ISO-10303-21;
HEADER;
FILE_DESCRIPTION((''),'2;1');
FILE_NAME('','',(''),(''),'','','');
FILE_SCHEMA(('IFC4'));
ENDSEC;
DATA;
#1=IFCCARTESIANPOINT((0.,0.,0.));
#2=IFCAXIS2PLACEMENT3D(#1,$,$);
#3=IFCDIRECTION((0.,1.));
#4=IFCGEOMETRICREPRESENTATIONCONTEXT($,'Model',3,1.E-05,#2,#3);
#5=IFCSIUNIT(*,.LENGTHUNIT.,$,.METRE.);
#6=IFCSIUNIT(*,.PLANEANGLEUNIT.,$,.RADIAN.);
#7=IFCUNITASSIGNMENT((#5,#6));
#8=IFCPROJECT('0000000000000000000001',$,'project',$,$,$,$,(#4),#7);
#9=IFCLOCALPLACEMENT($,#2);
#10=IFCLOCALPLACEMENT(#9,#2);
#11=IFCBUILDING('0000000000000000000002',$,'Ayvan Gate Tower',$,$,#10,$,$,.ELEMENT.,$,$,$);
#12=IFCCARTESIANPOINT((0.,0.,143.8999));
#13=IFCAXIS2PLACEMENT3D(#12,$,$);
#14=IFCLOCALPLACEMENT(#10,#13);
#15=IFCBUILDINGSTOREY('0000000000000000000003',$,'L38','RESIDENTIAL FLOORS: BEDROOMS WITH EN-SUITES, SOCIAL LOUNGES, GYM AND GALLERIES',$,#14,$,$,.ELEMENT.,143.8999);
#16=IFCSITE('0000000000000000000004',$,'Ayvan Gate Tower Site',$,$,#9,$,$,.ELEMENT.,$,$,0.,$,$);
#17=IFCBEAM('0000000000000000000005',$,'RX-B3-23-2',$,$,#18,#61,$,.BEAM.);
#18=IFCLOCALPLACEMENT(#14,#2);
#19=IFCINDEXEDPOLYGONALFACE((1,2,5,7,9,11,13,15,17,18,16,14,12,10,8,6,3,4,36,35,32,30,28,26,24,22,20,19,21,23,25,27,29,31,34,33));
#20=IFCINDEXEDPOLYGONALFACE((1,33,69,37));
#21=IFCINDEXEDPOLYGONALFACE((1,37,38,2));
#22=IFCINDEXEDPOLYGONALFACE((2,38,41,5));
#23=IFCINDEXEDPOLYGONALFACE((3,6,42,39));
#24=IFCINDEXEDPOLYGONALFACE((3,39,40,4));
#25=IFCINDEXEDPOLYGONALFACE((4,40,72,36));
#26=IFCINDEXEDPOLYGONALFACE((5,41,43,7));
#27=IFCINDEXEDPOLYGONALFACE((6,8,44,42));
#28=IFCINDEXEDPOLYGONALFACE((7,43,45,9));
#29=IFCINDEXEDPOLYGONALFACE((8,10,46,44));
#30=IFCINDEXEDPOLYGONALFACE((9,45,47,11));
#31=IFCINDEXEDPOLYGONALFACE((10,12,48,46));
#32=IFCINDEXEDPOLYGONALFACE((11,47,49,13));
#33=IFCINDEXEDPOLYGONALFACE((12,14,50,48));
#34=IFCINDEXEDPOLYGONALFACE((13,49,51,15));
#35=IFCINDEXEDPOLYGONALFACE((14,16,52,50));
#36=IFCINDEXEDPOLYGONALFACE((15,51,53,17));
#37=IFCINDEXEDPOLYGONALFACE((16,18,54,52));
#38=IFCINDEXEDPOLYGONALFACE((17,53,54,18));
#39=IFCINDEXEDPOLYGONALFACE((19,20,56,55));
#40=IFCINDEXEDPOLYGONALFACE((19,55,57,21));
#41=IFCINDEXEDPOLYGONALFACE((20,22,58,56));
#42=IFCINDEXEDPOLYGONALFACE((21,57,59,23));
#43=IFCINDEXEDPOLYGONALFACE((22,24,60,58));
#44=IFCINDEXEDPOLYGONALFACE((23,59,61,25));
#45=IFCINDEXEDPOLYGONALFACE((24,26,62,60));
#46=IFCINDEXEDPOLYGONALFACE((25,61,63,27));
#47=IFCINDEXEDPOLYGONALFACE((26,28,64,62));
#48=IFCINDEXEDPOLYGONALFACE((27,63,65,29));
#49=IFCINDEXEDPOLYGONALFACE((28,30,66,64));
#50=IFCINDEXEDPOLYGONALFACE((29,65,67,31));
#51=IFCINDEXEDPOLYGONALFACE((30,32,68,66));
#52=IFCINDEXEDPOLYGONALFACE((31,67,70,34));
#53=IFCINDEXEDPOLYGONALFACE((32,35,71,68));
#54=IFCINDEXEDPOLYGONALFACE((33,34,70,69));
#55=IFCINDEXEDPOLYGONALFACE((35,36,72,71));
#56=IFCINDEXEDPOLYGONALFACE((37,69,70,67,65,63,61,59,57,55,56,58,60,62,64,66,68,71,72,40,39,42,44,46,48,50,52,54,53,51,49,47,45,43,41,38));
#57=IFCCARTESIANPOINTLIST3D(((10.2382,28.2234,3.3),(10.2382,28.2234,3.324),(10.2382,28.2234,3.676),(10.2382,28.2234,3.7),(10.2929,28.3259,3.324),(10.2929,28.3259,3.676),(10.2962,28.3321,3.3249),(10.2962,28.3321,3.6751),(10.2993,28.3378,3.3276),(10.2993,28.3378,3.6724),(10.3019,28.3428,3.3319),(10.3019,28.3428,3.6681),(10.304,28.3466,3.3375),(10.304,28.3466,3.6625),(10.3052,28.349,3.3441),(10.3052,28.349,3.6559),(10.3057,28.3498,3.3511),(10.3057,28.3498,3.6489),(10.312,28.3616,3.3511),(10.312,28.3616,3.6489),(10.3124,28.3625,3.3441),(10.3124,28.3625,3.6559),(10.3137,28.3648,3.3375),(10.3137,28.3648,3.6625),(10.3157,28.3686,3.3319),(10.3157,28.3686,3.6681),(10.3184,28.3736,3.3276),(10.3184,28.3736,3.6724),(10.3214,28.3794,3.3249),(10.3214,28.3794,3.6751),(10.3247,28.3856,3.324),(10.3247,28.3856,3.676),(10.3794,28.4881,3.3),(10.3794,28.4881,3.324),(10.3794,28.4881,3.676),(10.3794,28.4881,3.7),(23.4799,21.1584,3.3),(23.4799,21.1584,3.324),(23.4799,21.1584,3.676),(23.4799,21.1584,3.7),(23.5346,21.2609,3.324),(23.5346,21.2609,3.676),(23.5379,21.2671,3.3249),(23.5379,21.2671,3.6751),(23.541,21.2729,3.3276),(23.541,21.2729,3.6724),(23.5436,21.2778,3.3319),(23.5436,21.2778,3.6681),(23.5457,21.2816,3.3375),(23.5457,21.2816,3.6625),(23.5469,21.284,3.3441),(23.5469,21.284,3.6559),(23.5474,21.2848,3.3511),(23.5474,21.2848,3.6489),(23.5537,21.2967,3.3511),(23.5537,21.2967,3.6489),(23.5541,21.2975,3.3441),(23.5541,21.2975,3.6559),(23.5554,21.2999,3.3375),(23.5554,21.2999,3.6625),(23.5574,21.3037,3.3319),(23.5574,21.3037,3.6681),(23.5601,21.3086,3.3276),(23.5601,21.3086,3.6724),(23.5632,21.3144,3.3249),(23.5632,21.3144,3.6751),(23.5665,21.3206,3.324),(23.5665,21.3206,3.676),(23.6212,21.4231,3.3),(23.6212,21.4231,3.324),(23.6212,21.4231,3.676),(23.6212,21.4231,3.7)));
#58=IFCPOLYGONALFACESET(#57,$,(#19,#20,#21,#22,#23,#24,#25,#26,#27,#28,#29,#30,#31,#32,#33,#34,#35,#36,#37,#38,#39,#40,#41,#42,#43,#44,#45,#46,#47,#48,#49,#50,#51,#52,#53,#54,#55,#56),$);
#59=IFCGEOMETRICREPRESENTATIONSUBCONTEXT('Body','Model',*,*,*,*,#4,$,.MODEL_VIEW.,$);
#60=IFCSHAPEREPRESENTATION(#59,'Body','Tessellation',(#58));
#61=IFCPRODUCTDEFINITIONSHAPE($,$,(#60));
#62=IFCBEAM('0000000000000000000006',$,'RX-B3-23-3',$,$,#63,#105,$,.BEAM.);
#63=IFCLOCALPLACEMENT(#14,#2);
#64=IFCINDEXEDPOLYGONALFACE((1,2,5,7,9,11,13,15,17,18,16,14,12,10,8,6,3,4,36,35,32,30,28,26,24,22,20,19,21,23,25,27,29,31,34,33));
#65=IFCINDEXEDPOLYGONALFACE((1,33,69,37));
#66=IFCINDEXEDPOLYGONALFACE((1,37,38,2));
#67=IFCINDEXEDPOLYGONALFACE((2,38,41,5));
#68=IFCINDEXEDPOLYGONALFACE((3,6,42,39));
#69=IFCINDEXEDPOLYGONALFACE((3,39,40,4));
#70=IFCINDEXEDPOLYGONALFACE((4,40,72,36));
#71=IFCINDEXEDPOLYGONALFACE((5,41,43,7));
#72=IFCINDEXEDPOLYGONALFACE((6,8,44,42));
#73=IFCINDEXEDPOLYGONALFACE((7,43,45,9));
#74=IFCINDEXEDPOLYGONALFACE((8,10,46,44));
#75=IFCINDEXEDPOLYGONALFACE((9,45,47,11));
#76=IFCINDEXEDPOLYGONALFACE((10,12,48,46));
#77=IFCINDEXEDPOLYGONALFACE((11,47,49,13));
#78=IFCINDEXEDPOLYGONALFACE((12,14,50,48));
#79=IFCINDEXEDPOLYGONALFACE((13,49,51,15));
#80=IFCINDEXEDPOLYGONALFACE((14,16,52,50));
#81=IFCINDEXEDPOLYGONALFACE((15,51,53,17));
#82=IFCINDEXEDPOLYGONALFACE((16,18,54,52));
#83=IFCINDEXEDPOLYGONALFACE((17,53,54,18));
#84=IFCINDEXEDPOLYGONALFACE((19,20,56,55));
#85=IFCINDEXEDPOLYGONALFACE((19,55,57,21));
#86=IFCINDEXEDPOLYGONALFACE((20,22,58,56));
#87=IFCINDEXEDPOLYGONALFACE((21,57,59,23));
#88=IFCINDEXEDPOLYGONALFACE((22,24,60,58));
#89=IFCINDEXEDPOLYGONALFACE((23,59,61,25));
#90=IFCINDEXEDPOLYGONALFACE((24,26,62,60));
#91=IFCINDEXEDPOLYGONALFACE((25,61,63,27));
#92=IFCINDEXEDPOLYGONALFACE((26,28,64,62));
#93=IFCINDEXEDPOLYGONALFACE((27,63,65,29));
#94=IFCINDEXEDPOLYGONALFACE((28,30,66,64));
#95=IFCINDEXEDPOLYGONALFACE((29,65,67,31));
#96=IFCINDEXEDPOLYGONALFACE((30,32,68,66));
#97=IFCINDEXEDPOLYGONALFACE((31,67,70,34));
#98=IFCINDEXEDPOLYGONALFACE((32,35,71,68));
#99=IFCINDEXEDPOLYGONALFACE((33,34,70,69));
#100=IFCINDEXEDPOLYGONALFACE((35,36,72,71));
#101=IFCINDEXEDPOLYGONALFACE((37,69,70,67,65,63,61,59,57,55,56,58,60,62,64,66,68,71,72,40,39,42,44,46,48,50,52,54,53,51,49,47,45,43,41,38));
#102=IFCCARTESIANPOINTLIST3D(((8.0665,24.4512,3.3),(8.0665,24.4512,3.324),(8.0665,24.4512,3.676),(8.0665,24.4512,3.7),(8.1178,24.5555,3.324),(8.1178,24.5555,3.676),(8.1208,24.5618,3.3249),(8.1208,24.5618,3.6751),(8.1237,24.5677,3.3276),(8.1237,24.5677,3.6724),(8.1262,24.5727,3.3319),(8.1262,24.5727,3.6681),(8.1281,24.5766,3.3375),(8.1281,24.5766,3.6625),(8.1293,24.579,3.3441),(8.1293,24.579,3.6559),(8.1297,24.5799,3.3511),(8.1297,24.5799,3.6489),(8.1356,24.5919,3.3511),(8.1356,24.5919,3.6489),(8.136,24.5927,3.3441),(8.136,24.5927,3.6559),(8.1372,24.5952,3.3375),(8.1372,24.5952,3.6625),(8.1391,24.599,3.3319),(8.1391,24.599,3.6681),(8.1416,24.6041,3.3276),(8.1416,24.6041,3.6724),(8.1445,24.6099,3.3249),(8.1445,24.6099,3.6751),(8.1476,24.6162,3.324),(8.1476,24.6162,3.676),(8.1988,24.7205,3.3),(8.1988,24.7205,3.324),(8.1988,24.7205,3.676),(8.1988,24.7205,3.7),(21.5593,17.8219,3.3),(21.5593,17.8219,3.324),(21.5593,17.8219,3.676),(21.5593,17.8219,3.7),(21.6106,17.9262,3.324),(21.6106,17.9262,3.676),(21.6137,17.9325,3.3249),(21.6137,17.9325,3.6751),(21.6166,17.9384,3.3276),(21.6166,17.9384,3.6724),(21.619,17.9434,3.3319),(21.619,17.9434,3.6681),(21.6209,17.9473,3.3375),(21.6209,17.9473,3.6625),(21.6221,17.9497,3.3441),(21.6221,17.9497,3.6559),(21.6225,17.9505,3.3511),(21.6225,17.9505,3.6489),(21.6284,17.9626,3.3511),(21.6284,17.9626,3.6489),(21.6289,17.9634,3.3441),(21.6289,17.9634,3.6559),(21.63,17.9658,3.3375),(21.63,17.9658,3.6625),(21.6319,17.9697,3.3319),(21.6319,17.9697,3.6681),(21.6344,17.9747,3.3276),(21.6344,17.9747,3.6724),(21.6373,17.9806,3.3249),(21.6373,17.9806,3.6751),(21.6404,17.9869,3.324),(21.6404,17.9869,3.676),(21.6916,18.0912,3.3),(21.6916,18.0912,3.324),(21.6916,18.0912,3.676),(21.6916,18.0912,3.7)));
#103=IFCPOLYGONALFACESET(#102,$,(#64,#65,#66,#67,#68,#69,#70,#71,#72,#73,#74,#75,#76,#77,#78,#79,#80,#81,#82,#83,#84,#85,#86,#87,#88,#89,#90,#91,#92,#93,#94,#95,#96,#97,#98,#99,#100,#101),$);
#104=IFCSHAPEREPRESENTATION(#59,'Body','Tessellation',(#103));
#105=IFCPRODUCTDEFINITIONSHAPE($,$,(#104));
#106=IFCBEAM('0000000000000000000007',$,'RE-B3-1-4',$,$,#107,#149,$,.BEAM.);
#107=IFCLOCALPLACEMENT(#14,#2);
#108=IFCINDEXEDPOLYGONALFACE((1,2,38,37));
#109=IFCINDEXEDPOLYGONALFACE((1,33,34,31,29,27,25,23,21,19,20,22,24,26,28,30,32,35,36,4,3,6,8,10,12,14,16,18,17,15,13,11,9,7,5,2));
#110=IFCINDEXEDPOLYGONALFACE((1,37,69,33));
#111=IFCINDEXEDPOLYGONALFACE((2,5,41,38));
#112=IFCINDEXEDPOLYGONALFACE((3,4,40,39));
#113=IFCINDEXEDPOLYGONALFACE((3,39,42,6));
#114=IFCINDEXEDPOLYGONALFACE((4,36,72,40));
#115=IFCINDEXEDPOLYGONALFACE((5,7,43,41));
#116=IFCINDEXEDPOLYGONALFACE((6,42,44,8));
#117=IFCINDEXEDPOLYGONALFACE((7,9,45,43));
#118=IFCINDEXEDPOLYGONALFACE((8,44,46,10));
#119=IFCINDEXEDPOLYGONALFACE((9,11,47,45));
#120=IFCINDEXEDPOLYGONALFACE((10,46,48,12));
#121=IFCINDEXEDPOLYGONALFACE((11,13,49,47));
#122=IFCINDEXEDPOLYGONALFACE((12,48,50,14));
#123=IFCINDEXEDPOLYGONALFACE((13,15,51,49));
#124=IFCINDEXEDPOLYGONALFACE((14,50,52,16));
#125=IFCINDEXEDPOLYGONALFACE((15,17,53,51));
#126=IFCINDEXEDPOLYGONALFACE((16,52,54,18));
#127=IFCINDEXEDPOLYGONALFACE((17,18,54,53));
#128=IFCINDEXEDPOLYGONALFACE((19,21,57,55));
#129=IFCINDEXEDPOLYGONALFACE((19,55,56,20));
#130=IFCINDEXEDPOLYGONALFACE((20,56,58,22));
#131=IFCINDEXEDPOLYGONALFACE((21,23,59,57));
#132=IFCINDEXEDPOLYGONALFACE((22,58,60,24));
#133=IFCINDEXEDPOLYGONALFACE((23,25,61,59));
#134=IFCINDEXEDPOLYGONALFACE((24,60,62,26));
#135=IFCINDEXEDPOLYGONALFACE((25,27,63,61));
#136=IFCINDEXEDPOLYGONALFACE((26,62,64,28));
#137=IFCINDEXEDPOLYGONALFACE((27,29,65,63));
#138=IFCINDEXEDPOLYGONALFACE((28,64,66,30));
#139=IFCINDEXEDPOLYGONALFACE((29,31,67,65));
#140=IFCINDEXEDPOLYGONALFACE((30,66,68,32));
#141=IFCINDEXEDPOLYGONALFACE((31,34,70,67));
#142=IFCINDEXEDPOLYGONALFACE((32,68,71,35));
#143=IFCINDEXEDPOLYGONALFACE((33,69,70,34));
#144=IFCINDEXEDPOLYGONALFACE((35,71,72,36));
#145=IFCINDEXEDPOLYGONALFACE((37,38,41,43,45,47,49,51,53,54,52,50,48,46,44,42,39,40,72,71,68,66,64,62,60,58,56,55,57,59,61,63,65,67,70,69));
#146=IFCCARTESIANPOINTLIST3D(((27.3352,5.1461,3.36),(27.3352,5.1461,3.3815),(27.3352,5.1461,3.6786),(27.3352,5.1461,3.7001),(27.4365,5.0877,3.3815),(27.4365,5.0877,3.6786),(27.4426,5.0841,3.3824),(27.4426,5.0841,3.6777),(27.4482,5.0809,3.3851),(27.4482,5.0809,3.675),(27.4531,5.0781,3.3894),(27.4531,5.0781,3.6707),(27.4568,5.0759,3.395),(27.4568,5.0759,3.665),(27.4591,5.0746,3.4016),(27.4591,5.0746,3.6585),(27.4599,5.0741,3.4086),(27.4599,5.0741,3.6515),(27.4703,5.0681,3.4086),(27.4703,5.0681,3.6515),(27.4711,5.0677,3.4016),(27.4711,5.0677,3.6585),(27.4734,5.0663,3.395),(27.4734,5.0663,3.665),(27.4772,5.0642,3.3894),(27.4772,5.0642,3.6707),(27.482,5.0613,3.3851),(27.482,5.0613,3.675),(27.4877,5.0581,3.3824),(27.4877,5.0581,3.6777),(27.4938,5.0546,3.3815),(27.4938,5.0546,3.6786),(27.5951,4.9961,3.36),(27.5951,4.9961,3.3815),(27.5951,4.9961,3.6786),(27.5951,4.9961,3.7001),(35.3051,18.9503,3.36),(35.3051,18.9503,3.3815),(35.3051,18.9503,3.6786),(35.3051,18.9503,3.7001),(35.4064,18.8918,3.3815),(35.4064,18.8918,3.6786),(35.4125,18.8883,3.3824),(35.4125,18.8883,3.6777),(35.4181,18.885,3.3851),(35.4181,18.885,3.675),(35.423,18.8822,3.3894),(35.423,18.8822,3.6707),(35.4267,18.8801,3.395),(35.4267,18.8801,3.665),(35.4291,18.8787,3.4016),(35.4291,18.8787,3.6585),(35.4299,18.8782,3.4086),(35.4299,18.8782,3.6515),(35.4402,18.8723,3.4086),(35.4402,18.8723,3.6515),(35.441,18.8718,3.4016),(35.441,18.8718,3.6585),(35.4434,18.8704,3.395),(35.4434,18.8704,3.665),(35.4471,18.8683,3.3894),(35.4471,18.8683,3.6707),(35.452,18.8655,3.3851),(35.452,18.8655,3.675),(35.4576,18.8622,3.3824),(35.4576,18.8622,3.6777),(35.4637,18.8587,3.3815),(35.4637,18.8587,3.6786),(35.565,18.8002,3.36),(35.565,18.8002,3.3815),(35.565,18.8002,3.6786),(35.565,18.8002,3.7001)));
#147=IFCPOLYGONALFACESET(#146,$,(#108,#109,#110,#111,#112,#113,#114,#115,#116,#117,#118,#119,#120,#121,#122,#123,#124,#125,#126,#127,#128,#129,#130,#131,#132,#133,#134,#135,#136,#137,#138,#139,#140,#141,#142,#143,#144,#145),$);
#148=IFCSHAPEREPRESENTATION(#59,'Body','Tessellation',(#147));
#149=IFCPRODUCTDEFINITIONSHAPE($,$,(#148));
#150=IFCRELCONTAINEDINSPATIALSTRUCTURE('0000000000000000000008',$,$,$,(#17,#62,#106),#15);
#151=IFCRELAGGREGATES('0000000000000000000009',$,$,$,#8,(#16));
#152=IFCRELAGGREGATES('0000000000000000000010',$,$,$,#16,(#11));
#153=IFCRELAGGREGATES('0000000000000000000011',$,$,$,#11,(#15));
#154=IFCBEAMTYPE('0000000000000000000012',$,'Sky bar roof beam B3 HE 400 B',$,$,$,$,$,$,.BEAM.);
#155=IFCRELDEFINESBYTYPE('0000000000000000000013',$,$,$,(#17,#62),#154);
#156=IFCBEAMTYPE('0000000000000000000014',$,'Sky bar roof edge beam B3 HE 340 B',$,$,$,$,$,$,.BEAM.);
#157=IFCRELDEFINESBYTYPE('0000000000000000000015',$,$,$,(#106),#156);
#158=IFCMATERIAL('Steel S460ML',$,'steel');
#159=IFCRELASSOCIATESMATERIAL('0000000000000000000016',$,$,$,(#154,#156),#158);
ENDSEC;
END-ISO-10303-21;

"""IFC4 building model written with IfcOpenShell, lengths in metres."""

from ifc_helpers import new_model, si_unit, direction, frame, origin, origin_2d, place, context, subcontext, project, spatial, i_section, extrude, material, material_profile, profile_set, type_object, element, save


model = new_model("IFC4")

# Units and contexts
model_context = context("Model", 3, precision=1e-05, world=origin(), true_north=direction((0.0, 1.0)))
body_context = subcontext(model_context, "Body", "Model", "MODEL_VIEW")
ifc_project = project(units=[si_unit("LENGTHUNIT", "METRE"), si_unit("PLANEANGLEUNIT", "RADIAN")], contexts=[model_context])

# Site, building, storey
site_placement = place(None, origin())
site = spatial("IfcSite", under=ifc_project, at=site_placement, Name="Ayvan Gate Tower Site", CompositionType="ELEMENT", RefElevation=0.0)
building_placement = place(site_placement, origin())
building = spatial("IfcBuilding", under=site, at=building_placement, Name="Ayvan Gate Tower", CompositionType="ELEMENT")
storey_placement = place(building_placement, frame((0.0, 0.0, 143.8999)))
storey = spatial("IfcBuildingStorey", under=building, at=storey_placement, Name="L38", Description="RESIDENTIAL FLOORS: BEDROOMS WITH EN-SUITES, SOCIAL LOUNGES, GYM AND GALLERIES", CompositionType="ELEMENT", Elevation=143.8999)

# Beams
ifc_material_1 = material(Name="Steel S460ML", Category="steel")
ifc_material_profile_1 = material_profile(ifc_material_1, i_section(OverallWidth=0.3, OverallDepth=0.3999, WebThickness=0.0134, FlangeThickness=0.0239, FilletRadius=0.0271, at=origin_2d()), Name="HE 400 B")
ifc_profile_set_1 = profile_set([ifc_material_profile_1], Name="Steel S460ML")
beam_type_1 = type_object("IfcBeamType", Name="Sky bar roof beam B3 HE 400 B", PredefinedType="BEAM", material=ifc_profile_set_1)
beam_1_placement = place(storey_placement, frame((23.5505, 21.2908, 3.5), z_axis=(-0.882278, 0.470728, 0.0), x_axis=(-0.470728, -0.882278, 0.0)))
element("IfcBeam", 1, at=beam_1_placement, inside=storey, type_object=beam_type_1, Name="RX-B3-23-2", PredefinedType="BEAM", context=body_context, shape_type="SweptSolid", body=[
    extrude(i_section(OverallWidth=0.3, OverallDepth=0.3999, WebThickness=0.0134, FlangeThickness=0.0239, FilletRadius=0.0271, at=origin_2d()), origin(), (0.0, 0.0, 1.0), 15.0085),
])
beam_2_placement = place(storey_placement, frame((21.6255, 17.9565, 3.5), z_axis=(-0.89752, 0.440973, 0.0), x_axis=(-0.440973, -0.89752, 0.0)))
element("IfcBeam", 2, at=beam_2_placement, inside=storey, type_object=beam_type_1, Name="RX-B3-23-3", PredefinedType="BEAM", context=body_context, shape_type="SweptSolid", body=[
    extrude(i_section(OverallWidth=0.3, OverallDepth=0.3999, WebThickness=0.0134, FlangeThickness=0.0239, FilletRadius=0.0271, at=origin_2d()), origin(), (0.0, 0.0, 1.0), 15.0334),
])
ifc_material_profile_2 = material_profile(ifc_material_1, i_section(OverallWidth=0.3, OverallDepth=0.3401, WebThickness=0.012, FlangeThickness=0.0215, FilletRadius=0.0271, at=origin_2d()), Name="HE 340 B")
ifc_profile_set_2 = profile_set([ifc_material_profile_2], Name="Steel S460ML")
beam_type_2 = type_object("IfcBeamType", Name="Sky bar roof edge beam B3 HE 340 B", PredefinedType="BEAM", material=ifc_profile_set_2)
beam_3_placement = place(storey_placement, frame((35.4351, 18.8752, 3.53), z_axis=(-0.500005, -0.866022, 0.0), x_axis=(0.866022, -0.500005, 0.0)))
element("IfcBeam", 3, at=beam_3_placement, inside=storey, type_object=beam_type_2, Name="RE-B3-1-4", PredefinedType="BEAM", context=body_context, shape_type="SweptSolid", body=[
    extrude(i_section(OverallWidth=0.3, OverallDepth=0.3401, WebThickness=0.012, FlangeThickness=0.0215, FilletRadius=0.0271, at=origin_2d()), origin(), (0.0, 0.0, 1.0), 15.9397),
])

save(model, "model.ifc")
